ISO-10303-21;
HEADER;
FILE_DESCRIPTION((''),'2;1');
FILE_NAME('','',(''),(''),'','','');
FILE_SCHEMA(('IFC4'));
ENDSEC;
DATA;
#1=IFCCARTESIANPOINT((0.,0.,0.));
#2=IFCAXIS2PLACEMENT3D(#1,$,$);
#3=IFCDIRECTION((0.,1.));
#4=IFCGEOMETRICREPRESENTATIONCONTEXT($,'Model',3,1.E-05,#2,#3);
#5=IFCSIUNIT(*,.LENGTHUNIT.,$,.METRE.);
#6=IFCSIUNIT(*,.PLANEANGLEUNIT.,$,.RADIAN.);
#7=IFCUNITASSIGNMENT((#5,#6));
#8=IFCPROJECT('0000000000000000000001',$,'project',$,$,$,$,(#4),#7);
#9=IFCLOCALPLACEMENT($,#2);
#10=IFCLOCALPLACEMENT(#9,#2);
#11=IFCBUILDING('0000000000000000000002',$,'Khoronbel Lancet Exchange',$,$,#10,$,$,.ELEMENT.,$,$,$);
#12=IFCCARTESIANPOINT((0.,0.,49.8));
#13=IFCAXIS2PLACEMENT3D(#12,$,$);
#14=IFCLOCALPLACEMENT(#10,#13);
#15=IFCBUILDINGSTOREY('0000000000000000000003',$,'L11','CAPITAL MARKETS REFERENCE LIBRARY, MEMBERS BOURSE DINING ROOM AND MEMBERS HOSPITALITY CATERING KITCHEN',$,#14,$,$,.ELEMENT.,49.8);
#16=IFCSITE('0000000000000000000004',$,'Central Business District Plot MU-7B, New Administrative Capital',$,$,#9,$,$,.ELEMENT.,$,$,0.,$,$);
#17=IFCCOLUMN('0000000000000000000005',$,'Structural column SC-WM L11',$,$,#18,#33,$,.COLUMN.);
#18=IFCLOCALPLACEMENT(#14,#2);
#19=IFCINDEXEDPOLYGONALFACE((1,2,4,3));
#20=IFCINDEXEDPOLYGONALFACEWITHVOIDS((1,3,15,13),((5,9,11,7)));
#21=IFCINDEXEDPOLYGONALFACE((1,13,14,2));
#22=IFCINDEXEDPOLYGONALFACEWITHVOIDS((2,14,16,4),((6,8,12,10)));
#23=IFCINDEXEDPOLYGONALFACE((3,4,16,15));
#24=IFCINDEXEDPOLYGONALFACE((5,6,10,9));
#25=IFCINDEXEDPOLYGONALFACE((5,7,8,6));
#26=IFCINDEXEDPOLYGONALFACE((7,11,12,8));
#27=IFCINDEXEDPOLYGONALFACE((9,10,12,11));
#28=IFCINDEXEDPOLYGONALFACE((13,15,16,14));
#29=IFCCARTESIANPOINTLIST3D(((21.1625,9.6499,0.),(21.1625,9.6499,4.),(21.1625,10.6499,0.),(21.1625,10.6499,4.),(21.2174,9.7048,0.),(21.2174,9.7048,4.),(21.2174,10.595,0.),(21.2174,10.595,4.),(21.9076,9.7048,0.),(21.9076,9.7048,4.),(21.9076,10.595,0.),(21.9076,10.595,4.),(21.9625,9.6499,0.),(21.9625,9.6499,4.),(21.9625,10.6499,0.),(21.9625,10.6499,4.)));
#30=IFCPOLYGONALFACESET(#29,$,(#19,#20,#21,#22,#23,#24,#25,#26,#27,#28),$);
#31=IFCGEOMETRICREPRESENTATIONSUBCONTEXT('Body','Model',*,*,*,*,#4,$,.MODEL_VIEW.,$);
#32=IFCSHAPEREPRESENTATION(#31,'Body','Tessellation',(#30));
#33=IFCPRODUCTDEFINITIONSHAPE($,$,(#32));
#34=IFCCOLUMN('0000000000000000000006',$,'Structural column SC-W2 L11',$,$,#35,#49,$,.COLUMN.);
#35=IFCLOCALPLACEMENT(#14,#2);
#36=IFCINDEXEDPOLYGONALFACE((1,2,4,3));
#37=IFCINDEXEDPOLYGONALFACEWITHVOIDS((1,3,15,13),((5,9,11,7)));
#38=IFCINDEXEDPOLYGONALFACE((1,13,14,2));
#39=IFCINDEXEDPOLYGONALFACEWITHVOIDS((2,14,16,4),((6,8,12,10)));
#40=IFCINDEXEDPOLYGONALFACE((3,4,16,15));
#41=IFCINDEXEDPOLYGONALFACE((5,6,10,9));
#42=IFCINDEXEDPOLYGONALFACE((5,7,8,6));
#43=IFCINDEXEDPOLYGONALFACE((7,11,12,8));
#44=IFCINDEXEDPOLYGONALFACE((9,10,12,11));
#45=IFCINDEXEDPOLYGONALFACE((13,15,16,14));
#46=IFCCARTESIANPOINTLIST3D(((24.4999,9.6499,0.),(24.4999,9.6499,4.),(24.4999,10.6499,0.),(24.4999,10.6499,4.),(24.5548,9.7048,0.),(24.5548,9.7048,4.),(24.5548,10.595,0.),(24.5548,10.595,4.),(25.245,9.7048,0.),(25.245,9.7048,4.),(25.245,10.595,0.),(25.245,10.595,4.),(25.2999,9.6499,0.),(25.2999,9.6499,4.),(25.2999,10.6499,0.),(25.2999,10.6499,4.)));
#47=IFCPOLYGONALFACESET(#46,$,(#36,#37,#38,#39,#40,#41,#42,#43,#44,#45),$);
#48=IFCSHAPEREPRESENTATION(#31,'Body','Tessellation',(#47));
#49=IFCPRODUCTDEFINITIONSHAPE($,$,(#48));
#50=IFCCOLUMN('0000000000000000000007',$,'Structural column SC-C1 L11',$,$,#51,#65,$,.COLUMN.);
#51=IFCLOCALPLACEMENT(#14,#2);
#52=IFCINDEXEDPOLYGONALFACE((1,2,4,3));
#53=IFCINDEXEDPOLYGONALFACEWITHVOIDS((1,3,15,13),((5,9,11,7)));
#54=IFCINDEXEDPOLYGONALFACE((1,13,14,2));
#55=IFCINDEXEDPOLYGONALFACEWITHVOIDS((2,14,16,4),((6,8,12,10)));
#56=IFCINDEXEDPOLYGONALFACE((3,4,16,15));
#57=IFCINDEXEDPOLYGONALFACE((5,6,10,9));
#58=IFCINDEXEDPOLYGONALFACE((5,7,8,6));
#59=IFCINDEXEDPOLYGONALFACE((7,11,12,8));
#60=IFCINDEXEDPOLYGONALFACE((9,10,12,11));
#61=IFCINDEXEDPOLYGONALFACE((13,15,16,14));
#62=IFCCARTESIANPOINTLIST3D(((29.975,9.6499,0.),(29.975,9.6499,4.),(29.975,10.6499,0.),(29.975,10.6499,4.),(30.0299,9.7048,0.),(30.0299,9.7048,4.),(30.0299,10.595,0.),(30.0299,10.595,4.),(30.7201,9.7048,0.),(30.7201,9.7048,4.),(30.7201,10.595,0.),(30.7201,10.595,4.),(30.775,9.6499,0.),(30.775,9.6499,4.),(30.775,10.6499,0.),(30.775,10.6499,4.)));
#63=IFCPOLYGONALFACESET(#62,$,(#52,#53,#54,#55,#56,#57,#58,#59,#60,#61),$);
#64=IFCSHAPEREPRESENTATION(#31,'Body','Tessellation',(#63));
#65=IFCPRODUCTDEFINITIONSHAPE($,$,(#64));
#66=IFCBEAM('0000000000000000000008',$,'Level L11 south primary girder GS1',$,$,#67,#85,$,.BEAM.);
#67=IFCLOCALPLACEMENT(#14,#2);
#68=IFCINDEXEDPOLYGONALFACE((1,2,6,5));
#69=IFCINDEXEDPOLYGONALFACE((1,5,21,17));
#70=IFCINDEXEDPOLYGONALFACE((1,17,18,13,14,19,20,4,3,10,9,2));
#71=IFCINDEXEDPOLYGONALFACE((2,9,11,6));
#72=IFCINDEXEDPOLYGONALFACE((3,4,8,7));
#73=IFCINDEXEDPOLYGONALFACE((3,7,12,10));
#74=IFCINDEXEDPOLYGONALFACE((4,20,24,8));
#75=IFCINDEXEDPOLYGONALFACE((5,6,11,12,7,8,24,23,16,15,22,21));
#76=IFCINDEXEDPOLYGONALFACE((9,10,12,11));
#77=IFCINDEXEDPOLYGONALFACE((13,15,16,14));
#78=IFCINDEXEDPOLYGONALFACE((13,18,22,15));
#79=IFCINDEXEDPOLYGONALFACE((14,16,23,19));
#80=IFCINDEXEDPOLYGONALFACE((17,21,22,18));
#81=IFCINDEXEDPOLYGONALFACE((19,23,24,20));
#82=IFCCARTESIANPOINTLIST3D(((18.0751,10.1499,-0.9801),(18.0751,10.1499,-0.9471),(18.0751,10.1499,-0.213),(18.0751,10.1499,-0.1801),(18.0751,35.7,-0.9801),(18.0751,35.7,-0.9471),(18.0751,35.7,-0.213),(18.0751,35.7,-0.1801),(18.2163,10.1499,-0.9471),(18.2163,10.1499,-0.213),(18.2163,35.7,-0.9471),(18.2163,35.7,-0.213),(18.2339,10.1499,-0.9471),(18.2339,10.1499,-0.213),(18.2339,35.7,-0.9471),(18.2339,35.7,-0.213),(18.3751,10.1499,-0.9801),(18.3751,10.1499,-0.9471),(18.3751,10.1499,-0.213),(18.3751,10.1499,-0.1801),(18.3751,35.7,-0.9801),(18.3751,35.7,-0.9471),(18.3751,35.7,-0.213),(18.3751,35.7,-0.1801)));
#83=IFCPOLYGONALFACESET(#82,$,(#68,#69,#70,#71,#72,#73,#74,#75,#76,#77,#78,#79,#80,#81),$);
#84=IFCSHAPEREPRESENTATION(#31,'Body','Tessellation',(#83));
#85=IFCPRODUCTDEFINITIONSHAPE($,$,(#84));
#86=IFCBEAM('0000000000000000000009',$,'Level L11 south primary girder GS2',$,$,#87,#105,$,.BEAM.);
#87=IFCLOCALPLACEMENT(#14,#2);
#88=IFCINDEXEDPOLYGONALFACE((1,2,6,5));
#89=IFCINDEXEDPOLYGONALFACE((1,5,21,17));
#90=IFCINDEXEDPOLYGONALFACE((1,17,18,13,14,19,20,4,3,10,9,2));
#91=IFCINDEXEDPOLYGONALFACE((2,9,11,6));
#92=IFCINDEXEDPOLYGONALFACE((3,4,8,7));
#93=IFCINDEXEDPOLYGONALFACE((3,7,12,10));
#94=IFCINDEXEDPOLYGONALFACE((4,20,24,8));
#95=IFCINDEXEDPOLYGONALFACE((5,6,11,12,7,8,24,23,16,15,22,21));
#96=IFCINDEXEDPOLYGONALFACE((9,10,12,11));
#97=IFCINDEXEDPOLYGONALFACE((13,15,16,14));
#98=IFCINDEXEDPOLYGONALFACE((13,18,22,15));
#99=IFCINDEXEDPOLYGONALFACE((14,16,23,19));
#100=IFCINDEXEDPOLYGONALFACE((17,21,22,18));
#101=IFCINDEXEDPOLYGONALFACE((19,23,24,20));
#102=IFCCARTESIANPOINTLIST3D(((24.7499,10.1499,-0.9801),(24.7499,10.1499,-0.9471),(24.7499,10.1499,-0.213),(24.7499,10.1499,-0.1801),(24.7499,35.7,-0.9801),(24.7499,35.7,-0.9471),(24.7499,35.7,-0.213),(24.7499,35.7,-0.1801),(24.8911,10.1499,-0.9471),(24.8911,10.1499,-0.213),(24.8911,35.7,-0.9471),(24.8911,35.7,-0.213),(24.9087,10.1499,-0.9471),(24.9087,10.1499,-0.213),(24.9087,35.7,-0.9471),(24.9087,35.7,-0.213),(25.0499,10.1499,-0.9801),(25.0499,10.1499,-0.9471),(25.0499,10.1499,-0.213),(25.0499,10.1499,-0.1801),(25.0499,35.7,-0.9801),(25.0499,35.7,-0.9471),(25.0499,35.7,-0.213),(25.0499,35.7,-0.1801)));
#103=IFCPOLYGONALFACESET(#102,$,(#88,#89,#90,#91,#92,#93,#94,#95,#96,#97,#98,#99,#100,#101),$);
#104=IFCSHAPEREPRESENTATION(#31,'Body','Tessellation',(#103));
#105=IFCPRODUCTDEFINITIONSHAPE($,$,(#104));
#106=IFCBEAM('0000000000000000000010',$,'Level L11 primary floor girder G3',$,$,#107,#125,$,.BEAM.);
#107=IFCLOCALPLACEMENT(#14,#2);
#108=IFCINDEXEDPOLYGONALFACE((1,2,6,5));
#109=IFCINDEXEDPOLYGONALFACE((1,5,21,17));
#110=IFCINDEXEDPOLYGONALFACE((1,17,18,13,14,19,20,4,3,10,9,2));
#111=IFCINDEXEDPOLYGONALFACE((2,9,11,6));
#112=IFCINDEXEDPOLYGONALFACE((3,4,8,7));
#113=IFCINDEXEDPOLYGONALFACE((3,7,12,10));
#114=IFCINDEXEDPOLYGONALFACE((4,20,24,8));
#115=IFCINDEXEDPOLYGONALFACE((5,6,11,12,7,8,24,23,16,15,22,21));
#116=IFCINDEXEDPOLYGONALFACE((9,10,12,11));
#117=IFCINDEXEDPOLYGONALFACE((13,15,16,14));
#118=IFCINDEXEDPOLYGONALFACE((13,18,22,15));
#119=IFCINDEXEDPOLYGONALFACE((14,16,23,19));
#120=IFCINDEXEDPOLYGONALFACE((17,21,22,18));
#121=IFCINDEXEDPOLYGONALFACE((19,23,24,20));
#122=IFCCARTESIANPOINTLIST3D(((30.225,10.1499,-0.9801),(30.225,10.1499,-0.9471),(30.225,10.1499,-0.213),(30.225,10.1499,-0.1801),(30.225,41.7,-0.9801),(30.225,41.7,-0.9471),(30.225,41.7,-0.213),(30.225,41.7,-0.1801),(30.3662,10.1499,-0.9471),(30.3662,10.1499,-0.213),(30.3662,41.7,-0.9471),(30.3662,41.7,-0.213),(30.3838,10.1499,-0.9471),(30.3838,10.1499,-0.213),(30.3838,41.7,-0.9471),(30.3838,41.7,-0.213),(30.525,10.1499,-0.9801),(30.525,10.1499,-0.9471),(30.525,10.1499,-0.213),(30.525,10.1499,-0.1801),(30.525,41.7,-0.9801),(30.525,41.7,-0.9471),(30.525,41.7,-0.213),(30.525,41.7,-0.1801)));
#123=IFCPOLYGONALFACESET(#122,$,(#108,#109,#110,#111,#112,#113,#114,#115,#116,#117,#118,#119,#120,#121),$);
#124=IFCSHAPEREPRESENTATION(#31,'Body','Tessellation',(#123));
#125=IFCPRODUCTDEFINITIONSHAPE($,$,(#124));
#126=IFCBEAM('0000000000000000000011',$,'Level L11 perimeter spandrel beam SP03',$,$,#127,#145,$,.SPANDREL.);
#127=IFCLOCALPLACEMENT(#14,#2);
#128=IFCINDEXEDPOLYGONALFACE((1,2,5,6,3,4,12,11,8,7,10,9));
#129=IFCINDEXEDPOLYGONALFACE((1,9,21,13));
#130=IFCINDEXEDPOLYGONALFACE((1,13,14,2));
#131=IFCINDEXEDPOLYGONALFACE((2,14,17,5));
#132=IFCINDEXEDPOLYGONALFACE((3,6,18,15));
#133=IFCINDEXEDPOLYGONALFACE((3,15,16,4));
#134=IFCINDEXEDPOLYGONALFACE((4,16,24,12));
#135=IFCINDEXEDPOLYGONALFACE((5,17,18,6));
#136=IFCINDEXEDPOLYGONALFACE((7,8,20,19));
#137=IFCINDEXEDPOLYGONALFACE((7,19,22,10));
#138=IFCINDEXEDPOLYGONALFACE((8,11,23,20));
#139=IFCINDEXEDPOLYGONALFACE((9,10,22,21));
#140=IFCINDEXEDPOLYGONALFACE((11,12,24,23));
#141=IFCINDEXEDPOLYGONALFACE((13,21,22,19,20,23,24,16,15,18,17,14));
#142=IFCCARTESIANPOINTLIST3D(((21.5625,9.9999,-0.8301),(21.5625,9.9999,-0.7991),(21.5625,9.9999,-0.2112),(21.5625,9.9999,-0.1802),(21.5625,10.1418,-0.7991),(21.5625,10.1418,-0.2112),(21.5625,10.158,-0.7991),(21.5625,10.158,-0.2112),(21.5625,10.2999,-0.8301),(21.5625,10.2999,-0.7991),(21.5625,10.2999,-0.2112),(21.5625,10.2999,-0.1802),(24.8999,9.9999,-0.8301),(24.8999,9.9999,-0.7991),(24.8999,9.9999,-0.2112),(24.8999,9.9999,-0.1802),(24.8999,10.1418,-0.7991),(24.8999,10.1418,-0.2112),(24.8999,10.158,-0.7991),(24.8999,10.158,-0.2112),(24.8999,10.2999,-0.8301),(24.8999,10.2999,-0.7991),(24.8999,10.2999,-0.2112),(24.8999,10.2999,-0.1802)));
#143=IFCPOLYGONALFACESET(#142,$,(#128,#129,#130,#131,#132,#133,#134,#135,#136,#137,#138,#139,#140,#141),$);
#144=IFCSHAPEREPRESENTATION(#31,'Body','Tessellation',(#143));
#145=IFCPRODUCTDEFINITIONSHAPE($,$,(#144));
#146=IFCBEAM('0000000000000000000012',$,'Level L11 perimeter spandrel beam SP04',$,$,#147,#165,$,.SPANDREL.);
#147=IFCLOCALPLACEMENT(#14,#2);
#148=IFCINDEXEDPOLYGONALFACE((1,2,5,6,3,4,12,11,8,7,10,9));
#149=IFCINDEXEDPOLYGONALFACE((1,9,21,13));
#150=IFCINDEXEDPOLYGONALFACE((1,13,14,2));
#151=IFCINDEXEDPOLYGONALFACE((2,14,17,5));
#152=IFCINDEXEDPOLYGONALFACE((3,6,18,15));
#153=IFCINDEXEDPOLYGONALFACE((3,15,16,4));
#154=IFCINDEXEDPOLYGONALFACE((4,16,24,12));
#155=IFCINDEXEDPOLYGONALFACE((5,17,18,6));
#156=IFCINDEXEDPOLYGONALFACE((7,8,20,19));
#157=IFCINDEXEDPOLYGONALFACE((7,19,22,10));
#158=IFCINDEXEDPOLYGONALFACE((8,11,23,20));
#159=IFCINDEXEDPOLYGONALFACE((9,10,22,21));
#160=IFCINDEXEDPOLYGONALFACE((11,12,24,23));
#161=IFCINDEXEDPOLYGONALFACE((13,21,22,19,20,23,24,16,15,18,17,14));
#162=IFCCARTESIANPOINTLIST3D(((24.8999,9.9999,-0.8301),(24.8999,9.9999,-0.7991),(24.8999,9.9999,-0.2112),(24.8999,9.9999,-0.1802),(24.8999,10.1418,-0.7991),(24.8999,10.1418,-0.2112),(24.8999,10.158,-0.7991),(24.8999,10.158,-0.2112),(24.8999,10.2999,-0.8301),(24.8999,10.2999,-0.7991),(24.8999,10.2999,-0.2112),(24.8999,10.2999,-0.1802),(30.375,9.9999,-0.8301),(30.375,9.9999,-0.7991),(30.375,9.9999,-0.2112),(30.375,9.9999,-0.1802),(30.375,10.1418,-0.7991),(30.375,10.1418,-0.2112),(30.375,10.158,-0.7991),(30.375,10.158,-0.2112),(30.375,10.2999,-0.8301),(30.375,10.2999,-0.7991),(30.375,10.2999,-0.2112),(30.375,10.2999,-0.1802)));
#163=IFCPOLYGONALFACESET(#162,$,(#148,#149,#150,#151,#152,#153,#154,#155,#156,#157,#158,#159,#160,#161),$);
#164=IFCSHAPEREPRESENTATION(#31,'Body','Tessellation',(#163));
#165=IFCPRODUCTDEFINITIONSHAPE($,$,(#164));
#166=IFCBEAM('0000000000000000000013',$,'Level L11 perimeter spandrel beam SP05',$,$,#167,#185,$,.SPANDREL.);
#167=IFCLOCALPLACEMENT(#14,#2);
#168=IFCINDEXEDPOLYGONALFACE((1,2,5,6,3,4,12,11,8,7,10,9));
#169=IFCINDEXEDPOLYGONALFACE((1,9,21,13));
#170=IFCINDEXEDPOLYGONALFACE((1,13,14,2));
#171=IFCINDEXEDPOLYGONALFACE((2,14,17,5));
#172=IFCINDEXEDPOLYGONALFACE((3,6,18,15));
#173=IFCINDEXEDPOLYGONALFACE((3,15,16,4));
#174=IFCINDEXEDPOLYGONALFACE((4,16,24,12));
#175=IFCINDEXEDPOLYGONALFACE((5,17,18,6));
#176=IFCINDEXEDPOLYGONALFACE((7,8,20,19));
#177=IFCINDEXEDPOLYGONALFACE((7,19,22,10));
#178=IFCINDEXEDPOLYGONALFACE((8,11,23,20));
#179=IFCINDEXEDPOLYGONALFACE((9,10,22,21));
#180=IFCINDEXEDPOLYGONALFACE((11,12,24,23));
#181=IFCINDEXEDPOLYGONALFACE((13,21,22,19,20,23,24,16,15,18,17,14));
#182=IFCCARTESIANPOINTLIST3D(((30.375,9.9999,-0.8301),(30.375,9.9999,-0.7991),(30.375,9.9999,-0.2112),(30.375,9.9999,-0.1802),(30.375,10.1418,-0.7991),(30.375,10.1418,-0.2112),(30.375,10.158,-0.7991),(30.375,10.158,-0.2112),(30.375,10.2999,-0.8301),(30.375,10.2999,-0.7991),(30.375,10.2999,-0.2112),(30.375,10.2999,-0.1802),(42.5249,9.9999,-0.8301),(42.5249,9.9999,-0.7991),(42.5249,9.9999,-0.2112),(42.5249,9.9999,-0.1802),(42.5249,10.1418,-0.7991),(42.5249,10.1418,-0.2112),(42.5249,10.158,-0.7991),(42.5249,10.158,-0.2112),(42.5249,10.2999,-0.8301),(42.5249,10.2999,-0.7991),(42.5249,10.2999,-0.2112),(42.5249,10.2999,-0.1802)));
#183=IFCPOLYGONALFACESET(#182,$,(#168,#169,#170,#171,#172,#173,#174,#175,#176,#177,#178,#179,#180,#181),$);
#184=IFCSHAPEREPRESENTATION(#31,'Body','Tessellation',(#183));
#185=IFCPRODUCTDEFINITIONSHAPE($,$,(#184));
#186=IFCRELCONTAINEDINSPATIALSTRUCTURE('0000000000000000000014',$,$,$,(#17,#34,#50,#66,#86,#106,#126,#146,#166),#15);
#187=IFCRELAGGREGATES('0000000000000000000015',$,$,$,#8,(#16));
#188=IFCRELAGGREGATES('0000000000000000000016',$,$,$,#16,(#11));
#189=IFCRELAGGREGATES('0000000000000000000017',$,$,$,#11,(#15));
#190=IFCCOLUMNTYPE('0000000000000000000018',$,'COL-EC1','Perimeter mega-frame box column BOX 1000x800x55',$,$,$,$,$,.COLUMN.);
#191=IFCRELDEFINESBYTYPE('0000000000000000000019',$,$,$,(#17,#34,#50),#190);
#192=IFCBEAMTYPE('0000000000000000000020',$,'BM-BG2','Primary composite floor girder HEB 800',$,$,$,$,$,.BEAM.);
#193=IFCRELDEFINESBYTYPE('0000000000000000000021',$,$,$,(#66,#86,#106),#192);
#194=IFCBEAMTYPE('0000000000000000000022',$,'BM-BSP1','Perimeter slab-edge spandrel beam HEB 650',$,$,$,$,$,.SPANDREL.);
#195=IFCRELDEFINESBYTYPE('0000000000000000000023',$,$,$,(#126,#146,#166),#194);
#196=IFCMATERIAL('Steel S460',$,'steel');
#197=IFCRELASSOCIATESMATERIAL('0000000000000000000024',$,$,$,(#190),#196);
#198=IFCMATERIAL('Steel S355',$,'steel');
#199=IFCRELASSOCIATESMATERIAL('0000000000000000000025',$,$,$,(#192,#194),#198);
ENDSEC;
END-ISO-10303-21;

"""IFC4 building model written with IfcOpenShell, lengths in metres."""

from ifc_helpers import new_model, si_unit, direction, frame, origin, origin_2d, place, context, subcontext, project, spatial, hollow_rectangle, i_section, extrude, material, material_profile, profile_set, type_object, element, save


model = new_model("IFC4")

# Units and contexts
model_context = context("Model", 3, precision=1e-05, world=origin(), true_north=direction((0.0, 1.0)))
body_context = subcontext(model_context, "Body", "Model", "MODEL_VIEW")
ifc_project = project(units=[si_unit("LENGTHUNIT", "METRE"), si_unit("PLANEANGLEUNIT", "RADIAN")], contexts=[model_context])

# Site, building, storey
site_placement = place(None, origin())
site = spatial("IfcSite", under=ifc_project, at=site_placement, Name="Central Business District Plot MU-7B, New Administrative Capital", CompositionType="ELEMENT", RefElevation=0.0)
building_placement = place(site_placement, origin())
building = spatial("IfcBuilding", under=site, at=building_placement, Name="Khoronbel Lancet Exchange", CompositionType="ELEMENT")
storey_placement = place(building_placement, frame((0.0, 0.0, 49.8)))
storey = spatial("IfcBuildingStorey", under=building, at=storey_placement, Name="L11", Description="CAPITAL MARKETS REFERENCE LIBRARY, MEMBERS BOURSE DINING ROOM AND MEMBERS HOSPITALITY CATERING KITCHEN", CompositionType="ELEMENT", Elevation=49.8)

# Columns
ifc_material_1 = material(Name="Steel S460", Category="steel")
ifc_material_profile_1 = material_profile(ifc_material_1, hollow_rectangle(XDim=0.8, YDim=1.0, WallThickness=0.0549, at=origin_2d()), Name="BOX 1000x800x55")
ifc_profile_set_1 = profile_set([ifc_material_profile_1], Name="Steel S460")
column_type = type_object("IfcColumnType", Name="COL-EC1", Description="Perimeter mega-frame box column BOX 1000x800x55", PredefinedType="COLUMN", material=ifc_profile_set_1)
for number, where, z_axis, x_axis, name in (
    (1, (21.5625, 10.1499, 0.0), (0.0, 0.0, 1.0), (1.0, 0.0, 0.0), "Structural column SC-WM L11"),
    (2, (24.8999, 10.1499, 0.0), (0.0, 0.0, 1.0), (1.0, 0.0, 0.0), "Structural column SC-W2 L11"),
    (3, (30.375, 10.1499, 0.0), (0.0, 0.0, 1.0), (1.0, 0.0, 0.0), "Structural column SC-C1 L11"),
):
    element("IfcColumn", number, at=place(storey_placement, frame(where, z_axis=z_axis, x_axis=x_axis)), inside=storey, type_object=column_type, Name=name, PredefinedType="COLUMN", context=body_context, shape_type="SweptSolid", body=[
        extrude(hollow_rectangle(XDim=0.8, YDim=1.0, WallThickness=0.0549, at=origin_2d()), origin(), (0.0, 0.0, 1.0), 4.0),
    ])

# Beams
ifc_material_2 = material(Name="Steel S355", Category="steel")
ifc_material_profile_2 = material_profile(ifc_material_2, i_section(OverallWidth=0.3, OverallDepth=0.8, WebThickness=0.0176, FlangeThickness=0.033, at=origin_2d()), Name="HEB 800")
ifc_profile_set_2 = profile_set([ifc_material_profile_2], Name="Steel S355")
beam_type_1 = type_object("IfcBeamType", Name="BM-BG2", Description="Primary composite floor girder HEB 800", PredefinedType="BEAM", material=ifc_profile_set_2)
for number, where, z_axis, x_axis, name in (
    (4, (18.2251, 10.1499, -0.5801), (0.0, 1.0, 0.0), (-1.0, 0.0, 0.0), "Level L11 south primary girder GS1"),
    (5, (24.8999, 10.1499, -0.5801), (0.0, 1.0, 0.0), (-1.0, 0.0, 0.0), "Level L11 south primary girder GS2"),
):
    element("IfcBeam", number, at=place(storey_placement, frame(where, z_axis=z_axis, x_axis=x_axis)), inside=storey, type_object=beam_type_1, Name=name, PredefinedType="BEAM", context=body_context, shape_type="SweptSolid", body=[
        extrude(i_section(OverallWidth=0.3, OverallDepth=0.8, WebThickness=0.0176, FlangeThickness=0.033, at=origin_2d()), origin(), (0.0, 0.0, 1.0), 25.55),
    ])
beam_1_placement = place(storey_placement, frame((30.375, 10.1499, -0.5801), z_axis=(0.0, 1.0, 0.0), x_axis=(-1.0, 0.0, 0.0)))
element("IfcBeam", 6, at=beam_1_placement, inside=storey, type_object=beam_type_1, Name="Level L11 primary floor girder G3", PredefinedType="BEAM", context=body_context, shape_type="SweptSolid", body=[
    extrude(i_section(OverallWidth=0.3, OverallDepth=0.8, WebThickness=0.0176, FlangeThickness=0.033, at=origin_2d()), origin(), (0.0, 0.0, 1.0), 31.55),
])
ifc_material_profile_3 = material_profile(ifc_material_2, i_section(OverallWidth=0.3, OverallDepth=0.6499, WebThickness=0.0161, FlangeThickness=0.031, at=origin_2d()), Name="HEB 650")
ifc_profile_set_3 = profile_set([ifc_material_profile_3], Name="Steel S355")
beam_type_2 = type_object("IfcBeamType", Name="BM-BSP1", Description="Perimeter slab-edge spandrel beam HEB 650", PredefinedType="SPANDREL", material=ifc_profile_set_3)
beam_2_placement = place(storey_placement, frame((21.5625, 10.1499, -0.5051), z_axis=(1.0, 0.0, 0.0), x_axis=(0.0, 1.0, 0.0)))
element("IfcBeam", 7, at=beam_2_placement, inside=storey, type_object=beam_type_2, Name="Level L11 perimeter spandrel beam SP03", PredefinedType="SPANDREL", context=body_context, shape_type="SweptSolid", body=[
    extrude(i_section(OverallWidth=0.3, OverallDepth=0.6499, WebThickness=0.0161, FlangeThickness=0.031, at=origin_2d()), origin(), (0.0, 0.0, 1.0), 3.3374),
])
beam_3_placement = place(storey_placement, frame((24.8999, 10.1499, -0.5051), z_axis=(1.0, 0.0, 0.0), x_axis=(0.0, 1.0, 0.0)))
element("IfcBeam", 8, at=beam_3_placement, inside=storey, type_object=beam_type_2, Name="Level L11 perimeter spandrel beam SP04", PredefinedType="SPANDREL", context=body_context, shape_type="SweptSolid", body=[
    extrude(i_section(OverallWidth=0.3, OverallDepth=0.6499, WebThickness=0.0161, FlangeThickness=0.031, at=origin_2d()), origin(), (0.0, 0.0, 1.0), 5.4751),
])
beam_4_placement = place(storey_placement, frame((30.375, 10.1499, -0.5051), z_axis=(1.0, 0.0, 0.0), x_axis=(0.0, 1.0, 0.0)))
element("IfcBeam", 9, at=beam_4_placement, inside=storey, type_object=beam_type_2, Name="Level L11 perimeter spandrel beam SP05", PredefinedType="SPANDREL", context=body_context, shape_type="SweptSolid", body=[
    extrude(i_section(OverallWidth=0.3, OverallDepth=0.6499, WebThickness=0.0161, FlangeThickness=0.031, at=origin_2d()), origin(), (0.0, 0.0, 1.0), 12.1499),
])

save(model, "model.ifc")
